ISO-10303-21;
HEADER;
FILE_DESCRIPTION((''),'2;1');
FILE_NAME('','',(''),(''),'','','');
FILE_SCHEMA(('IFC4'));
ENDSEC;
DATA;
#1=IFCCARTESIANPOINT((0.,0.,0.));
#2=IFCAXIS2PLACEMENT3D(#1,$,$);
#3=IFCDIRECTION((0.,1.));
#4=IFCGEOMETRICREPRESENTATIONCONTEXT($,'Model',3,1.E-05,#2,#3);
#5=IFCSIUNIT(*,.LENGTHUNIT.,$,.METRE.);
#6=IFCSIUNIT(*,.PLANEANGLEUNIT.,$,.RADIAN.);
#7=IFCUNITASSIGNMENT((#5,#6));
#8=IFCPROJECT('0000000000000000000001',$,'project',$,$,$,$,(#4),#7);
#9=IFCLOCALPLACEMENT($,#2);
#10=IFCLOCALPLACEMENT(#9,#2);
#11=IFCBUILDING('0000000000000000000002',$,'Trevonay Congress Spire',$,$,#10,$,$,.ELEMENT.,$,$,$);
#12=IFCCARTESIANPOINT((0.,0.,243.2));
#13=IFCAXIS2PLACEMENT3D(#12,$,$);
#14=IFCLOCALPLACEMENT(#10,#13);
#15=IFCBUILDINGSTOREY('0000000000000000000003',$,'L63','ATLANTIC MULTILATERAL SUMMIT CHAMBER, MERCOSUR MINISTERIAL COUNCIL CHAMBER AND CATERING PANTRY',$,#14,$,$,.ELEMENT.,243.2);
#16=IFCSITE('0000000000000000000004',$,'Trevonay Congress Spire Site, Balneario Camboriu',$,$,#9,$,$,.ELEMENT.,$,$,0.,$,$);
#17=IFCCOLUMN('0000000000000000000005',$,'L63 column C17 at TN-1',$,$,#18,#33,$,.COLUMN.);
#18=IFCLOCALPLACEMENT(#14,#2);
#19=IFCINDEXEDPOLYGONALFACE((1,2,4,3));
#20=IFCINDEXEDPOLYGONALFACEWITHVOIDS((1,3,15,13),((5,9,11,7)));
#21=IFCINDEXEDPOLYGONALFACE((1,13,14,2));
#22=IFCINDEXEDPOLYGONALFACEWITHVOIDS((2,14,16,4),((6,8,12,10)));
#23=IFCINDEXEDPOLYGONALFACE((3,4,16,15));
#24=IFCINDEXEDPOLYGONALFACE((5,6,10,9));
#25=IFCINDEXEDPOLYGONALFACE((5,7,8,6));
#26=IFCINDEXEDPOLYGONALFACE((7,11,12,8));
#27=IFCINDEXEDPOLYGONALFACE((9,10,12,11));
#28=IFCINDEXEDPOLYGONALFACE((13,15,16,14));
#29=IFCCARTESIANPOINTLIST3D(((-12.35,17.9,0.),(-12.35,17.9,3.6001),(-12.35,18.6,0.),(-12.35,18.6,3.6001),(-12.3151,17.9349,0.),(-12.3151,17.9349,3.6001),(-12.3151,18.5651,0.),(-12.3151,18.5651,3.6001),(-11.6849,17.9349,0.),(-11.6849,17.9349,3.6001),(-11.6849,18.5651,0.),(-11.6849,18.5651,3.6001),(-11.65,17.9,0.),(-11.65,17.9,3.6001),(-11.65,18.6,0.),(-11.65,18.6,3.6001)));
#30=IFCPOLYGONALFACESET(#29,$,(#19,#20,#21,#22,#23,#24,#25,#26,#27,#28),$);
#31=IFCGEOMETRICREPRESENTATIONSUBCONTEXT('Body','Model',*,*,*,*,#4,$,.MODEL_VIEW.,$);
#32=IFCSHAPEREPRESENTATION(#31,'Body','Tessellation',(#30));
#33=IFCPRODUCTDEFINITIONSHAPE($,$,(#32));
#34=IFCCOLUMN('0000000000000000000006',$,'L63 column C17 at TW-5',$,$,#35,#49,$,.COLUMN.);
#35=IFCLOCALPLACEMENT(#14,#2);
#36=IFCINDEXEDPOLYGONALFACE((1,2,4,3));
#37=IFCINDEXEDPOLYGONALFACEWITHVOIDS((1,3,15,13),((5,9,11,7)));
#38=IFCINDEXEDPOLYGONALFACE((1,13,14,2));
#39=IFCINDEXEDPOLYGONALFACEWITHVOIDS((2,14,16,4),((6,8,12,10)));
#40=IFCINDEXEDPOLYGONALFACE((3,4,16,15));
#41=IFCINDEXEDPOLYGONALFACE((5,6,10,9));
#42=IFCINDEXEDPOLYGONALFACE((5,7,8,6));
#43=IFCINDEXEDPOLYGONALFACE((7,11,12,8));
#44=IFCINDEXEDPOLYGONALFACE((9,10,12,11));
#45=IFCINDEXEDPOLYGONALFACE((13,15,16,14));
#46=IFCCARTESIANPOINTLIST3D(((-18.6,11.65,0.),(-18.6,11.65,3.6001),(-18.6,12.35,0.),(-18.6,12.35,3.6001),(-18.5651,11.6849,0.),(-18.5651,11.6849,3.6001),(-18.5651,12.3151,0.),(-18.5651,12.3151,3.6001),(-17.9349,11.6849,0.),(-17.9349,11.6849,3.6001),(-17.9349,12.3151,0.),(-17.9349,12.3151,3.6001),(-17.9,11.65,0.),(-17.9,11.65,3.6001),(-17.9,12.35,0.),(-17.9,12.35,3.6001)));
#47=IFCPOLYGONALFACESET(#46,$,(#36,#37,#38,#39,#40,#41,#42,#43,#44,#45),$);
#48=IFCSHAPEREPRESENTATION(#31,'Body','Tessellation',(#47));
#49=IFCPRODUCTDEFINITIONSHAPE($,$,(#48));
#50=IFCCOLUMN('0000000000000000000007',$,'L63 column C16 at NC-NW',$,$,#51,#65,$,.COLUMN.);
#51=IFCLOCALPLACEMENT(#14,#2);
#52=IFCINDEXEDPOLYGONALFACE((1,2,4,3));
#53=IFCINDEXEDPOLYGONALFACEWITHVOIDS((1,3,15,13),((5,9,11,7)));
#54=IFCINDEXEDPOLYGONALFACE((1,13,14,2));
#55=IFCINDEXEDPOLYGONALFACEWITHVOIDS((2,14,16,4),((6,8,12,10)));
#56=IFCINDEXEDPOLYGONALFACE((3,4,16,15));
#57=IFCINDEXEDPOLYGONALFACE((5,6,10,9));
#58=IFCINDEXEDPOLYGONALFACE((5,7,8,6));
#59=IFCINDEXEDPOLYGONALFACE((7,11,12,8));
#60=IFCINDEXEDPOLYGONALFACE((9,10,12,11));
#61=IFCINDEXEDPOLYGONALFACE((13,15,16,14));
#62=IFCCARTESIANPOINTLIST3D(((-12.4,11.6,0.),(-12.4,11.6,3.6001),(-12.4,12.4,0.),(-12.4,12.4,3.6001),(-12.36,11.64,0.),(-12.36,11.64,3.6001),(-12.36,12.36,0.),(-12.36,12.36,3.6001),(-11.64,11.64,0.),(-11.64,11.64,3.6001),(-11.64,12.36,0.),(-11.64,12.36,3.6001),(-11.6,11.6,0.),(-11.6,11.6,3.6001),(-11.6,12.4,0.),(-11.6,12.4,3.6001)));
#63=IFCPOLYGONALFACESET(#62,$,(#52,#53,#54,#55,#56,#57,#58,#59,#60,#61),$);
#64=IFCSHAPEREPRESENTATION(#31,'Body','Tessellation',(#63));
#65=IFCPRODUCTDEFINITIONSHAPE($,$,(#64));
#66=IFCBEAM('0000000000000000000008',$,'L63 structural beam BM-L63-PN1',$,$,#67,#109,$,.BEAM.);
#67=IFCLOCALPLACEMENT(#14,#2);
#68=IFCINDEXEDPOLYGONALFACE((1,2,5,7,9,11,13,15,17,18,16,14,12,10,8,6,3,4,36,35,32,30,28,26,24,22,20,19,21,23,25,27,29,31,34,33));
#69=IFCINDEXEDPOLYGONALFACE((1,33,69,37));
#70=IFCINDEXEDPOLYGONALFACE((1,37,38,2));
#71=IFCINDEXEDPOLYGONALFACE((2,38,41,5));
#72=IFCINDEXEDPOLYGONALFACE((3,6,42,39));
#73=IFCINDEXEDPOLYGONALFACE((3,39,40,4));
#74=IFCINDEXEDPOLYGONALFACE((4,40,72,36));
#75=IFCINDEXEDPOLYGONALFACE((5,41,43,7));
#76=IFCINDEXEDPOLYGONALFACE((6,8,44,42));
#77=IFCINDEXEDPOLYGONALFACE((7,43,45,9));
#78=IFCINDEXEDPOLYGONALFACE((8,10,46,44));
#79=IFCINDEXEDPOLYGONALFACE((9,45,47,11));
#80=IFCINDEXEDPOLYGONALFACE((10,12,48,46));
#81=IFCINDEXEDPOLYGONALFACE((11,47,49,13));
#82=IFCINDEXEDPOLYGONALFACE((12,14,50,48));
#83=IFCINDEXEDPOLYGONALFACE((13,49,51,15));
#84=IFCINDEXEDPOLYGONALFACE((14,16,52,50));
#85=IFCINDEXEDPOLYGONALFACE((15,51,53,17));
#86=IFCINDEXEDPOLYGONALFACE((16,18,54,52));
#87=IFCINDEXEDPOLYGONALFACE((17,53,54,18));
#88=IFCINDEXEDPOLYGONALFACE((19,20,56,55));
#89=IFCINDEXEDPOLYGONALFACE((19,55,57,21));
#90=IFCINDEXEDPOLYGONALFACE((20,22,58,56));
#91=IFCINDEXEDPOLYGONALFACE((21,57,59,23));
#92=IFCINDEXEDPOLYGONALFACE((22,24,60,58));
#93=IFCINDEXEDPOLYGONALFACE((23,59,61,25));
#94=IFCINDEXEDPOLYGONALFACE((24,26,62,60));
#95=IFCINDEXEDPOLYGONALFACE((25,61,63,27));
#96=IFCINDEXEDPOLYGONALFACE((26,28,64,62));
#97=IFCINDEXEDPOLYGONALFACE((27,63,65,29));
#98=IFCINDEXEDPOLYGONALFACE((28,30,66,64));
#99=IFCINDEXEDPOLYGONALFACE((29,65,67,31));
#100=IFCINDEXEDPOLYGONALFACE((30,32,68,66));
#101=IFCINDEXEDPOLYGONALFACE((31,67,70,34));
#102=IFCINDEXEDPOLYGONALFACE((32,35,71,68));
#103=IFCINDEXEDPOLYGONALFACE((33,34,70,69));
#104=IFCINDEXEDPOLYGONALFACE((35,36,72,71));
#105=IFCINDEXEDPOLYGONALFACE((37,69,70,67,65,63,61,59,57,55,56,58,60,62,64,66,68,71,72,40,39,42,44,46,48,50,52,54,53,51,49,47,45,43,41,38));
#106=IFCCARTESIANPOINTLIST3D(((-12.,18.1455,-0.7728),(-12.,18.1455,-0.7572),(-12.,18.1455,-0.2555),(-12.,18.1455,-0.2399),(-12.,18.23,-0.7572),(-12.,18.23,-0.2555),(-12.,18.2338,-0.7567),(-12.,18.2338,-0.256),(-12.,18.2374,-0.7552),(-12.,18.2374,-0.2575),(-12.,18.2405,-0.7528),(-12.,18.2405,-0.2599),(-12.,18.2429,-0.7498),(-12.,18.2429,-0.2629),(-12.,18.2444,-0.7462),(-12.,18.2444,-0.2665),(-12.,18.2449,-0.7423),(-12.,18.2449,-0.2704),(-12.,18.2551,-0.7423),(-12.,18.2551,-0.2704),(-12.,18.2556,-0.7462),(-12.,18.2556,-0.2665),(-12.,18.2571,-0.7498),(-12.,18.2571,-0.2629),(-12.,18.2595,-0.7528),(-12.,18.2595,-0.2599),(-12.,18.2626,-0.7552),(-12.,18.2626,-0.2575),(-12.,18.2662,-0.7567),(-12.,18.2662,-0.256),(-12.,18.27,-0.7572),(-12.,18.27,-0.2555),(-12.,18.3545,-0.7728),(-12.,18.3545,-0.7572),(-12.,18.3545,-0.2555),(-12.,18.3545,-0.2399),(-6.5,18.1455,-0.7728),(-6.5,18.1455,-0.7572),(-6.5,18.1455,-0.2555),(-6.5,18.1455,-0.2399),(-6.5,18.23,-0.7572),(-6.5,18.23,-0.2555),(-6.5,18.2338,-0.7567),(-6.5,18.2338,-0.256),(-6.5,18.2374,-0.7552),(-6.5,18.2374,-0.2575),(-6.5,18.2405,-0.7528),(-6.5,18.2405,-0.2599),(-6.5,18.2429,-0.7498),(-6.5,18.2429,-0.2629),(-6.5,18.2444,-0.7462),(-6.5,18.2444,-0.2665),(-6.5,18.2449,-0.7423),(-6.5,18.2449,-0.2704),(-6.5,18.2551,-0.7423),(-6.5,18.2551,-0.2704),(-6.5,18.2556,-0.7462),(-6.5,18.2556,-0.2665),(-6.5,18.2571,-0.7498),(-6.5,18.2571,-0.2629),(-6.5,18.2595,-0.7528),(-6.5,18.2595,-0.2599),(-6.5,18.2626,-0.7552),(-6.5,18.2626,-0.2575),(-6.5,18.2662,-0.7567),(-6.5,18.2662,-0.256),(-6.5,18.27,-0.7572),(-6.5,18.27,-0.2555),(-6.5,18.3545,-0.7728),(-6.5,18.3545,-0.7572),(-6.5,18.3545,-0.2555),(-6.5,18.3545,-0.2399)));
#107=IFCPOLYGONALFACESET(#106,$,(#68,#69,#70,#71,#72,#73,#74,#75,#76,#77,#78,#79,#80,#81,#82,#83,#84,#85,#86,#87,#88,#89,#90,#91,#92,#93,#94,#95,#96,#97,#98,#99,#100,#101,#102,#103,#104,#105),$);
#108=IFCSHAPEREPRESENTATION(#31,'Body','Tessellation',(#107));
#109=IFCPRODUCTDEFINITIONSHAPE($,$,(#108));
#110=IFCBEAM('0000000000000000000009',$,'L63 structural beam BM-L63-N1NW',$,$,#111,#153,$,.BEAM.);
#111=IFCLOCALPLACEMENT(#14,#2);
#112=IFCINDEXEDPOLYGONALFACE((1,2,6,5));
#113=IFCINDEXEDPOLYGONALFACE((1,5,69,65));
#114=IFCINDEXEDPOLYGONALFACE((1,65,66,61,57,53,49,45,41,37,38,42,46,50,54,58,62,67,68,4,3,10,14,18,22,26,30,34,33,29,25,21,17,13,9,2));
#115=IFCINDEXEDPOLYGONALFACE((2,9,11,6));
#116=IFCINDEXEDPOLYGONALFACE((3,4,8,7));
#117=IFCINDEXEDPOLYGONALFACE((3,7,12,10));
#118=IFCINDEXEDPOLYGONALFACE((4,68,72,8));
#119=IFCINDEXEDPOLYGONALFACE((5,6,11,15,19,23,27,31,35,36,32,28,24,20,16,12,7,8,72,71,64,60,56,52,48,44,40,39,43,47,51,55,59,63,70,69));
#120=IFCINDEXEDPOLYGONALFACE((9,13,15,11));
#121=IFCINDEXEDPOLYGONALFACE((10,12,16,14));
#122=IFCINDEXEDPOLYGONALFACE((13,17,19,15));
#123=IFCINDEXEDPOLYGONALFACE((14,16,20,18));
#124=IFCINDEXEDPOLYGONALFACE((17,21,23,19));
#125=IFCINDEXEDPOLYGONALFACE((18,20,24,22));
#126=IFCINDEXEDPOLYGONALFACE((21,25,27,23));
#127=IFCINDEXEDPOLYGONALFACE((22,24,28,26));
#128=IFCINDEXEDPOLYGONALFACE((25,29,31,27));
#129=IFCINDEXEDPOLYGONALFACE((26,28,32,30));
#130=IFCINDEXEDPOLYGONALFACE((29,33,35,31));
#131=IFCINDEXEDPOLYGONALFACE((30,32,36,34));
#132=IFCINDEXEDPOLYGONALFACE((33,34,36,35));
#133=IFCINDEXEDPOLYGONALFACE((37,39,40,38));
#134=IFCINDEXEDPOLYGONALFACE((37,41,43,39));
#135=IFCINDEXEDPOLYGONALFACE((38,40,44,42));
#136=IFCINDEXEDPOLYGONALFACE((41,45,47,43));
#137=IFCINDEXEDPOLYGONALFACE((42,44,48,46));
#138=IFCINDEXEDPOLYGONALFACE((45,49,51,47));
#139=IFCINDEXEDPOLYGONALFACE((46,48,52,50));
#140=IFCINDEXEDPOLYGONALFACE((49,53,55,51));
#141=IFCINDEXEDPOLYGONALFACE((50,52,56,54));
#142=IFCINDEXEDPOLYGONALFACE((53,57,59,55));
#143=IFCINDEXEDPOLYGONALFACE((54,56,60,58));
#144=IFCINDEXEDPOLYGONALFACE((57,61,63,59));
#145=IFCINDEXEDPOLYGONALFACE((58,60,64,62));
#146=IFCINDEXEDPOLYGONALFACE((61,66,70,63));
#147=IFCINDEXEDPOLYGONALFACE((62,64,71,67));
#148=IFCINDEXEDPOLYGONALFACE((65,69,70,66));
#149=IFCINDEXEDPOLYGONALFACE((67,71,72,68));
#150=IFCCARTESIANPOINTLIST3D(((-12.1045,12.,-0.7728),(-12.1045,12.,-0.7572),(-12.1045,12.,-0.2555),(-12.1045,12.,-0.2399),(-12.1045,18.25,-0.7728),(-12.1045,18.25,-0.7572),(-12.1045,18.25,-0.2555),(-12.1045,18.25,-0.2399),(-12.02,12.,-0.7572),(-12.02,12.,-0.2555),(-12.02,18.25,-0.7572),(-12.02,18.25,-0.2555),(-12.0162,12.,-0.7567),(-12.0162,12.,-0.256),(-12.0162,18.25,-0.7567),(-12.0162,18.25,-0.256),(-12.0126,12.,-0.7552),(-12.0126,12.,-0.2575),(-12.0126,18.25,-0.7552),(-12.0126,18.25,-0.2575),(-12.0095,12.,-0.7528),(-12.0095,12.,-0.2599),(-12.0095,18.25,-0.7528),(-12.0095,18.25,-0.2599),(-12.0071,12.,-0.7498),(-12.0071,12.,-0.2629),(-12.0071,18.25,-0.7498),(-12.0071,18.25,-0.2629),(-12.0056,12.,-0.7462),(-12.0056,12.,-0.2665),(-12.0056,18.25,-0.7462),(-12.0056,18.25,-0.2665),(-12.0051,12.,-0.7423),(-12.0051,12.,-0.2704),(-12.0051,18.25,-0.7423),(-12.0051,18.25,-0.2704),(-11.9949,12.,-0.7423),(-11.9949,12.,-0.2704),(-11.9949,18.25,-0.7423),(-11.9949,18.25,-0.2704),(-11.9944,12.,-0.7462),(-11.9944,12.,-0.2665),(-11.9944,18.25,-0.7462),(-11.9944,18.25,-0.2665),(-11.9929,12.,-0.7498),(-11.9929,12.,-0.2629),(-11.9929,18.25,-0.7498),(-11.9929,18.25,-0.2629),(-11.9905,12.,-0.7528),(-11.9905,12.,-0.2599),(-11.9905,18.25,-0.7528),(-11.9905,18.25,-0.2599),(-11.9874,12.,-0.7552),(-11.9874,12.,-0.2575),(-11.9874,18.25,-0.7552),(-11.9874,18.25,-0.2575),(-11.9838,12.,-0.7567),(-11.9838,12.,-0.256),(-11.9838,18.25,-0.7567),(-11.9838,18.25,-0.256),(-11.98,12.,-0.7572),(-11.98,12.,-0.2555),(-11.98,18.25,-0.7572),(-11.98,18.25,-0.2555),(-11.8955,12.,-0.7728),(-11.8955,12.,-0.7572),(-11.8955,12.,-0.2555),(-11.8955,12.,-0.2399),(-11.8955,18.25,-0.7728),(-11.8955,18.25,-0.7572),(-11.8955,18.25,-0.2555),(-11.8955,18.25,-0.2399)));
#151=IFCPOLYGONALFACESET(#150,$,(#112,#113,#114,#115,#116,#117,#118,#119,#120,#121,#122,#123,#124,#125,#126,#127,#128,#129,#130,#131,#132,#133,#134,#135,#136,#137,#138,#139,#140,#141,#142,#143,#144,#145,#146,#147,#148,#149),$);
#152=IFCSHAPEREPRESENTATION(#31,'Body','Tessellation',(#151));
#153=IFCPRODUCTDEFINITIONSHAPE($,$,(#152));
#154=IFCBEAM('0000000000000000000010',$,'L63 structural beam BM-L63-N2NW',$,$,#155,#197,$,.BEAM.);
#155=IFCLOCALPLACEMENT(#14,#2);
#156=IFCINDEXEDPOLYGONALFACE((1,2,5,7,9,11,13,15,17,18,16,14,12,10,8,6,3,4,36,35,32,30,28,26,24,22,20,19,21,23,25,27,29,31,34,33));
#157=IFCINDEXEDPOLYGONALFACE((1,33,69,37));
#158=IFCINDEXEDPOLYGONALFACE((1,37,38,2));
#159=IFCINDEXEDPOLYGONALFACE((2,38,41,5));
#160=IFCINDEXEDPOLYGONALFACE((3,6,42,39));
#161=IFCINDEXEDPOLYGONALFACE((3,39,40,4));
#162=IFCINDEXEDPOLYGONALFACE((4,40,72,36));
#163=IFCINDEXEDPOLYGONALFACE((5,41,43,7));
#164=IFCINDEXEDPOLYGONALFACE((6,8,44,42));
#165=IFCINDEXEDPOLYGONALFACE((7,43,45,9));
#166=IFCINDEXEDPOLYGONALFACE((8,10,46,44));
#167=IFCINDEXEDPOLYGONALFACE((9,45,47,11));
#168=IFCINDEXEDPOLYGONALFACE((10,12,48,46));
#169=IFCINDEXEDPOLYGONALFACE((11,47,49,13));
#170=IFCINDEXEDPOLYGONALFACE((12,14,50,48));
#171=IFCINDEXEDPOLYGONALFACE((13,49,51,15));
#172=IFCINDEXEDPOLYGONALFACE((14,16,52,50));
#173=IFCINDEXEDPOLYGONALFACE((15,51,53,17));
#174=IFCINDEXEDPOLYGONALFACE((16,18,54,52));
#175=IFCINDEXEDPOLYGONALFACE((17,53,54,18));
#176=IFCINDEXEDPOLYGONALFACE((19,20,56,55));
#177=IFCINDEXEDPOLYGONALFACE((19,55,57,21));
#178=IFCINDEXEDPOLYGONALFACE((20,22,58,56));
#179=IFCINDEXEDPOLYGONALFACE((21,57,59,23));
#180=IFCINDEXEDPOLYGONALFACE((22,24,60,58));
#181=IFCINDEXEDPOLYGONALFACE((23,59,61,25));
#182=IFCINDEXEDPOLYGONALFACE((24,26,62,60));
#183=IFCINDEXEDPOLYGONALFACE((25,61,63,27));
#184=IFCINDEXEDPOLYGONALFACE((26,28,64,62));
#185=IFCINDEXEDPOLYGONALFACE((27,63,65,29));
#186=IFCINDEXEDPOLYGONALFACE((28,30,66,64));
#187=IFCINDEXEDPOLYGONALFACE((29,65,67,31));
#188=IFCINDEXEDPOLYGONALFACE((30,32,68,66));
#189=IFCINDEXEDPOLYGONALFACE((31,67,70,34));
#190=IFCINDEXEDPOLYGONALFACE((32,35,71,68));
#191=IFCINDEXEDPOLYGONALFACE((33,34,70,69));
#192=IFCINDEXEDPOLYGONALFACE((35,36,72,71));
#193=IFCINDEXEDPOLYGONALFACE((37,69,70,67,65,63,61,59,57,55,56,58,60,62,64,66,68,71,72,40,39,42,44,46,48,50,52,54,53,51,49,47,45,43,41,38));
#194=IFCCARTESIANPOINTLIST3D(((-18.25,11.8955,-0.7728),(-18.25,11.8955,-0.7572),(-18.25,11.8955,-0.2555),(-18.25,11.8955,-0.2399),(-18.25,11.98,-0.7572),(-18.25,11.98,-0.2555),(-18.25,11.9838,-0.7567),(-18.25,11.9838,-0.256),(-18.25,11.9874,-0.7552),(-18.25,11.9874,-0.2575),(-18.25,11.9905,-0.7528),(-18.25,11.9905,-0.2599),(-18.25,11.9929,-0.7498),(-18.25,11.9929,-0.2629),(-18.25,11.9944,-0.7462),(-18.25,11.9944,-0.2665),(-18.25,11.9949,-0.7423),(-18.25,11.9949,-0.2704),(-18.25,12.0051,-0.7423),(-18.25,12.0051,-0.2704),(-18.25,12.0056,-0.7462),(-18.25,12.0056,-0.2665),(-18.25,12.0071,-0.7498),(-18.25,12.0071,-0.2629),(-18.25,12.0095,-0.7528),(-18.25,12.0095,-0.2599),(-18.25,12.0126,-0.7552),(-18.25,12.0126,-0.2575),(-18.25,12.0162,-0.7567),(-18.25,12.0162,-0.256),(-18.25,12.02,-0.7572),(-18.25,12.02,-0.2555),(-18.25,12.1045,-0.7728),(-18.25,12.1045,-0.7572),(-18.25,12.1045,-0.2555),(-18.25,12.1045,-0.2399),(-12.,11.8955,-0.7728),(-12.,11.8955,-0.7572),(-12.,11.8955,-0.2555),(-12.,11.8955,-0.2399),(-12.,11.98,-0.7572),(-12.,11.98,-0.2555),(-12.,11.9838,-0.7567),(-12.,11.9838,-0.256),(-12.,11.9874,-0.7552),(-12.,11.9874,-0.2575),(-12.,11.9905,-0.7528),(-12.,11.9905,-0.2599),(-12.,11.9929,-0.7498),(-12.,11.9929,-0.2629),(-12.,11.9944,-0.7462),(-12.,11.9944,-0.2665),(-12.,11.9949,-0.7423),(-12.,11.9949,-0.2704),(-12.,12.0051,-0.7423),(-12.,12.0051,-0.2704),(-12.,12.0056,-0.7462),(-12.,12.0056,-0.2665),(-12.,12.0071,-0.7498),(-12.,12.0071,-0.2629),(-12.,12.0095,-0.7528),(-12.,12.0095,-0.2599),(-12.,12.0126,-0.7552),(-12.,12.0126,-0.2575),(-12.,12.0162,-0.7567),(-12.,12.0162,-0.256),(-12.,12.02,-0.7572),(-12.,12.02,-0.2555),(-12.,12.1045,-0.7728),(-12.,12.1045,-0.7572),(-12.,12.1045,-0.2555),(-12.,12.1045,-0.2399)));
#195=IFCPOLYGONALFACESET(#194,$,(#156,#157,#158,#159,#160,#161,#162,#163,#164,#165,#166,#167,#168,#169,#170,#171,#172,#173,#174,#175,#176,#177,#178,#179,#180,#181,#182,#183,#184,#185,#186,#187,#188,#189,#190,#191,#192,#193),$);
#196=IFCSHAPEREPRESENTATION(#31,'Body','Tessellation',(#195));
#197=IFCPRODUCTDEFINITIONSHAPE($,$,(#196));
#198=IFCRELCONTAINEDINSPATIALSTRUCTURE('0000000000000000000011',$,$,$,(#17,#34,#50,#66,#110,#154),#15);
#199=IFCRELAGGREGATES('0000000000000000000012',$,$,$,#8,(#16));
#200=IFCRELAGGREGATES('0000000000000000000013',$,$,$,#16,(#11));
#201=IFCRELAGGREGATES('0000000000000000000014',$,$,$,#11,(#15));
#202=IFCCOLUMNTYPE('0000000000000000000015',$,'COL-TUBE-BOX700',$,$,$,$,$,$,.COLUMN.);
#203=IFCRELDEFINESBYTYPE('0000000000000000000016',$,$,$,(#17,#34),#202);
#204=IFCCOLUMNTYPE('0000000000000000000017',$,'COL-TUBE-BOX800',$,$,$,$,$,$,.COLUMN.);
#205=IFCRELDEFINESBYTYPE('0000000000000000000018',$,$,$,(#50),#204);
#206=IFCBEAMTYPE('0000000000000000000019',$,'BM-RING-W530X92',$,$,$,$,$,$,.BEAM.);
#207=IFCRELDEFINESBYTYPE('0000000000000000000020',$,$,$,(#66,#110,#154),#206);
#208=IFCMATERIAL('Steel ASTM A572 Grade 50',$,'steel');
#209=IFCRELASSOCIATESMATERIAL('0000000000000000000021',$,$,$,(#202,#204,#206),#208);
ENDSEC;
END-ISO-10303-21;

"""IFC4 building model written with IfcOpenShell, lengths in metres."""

from ifc_helpers import new_model, si_unit, direction, frame, origin, origin_2d, place, context, subcontext, project, spatial, hollow_rectangle, i_section, extrude, material, material_profile, profile_set, type_object, element, save


model = new_model("IFC4")

# Units and contexts
model_context = context("Model", 3, precision=1e-05, world=origin(), true_north=direction((0.0, 1.0)))
body_context = subcontext(model_context, "Body", "Model", "MODEL_VIEW")
ifc_project = project(units=[si_unit("LENGTHUNIT", "METRE"), si_unit("PLANEANGLEUNIT", "RADIAN")], contexts=[model_context])

# Site, building, storey
site_placement = place(None, origin())
site = spatial("IfcSite", under=ifc_project, at=site_placement, Name="Trevonay Congress Spire Site, Balneario Camboriu", CompositionType="ELEMENT", RefElevation=0.0)
building_placement = place(site_placement, origin())
building = spatial("IfcBuilding", under=site, at=building_placement, Name="Trevonay Congress Spire", CompositionType="ELEMENT")
storey_placement = place(building_placement, frame((0.0, 0.0, 243.2)))
storey = spatial("IfcBuildingStorey", under=building, at=storey_placement, Name="L63", Description="ATLANTIC MULTILATERAL SUMMIT CHAMBER, MERCOSUR MINISTERIAL COUNCIL CHAMBER AND CATERING PANTRY", CompositionType="ELEMENT", Elevation=243.2)

# Columns
ifc_material_1 = material(Name="Steel ASTM A572 Grade 50", Category="steel")
ifc_material_profile_1 = material_profile(ifc_material_1, hollow_rectangle(XDim=0.7, YDim=0.7, WallThickness=0.0349, at=origin_2d()), Name="BOX 700x700x35")
ifc_profile_set_1 = profile_set([ifc_material_profile_1], Name="Steel ASTM A572 Grade 50")
column_type_1 = type_object("IfcColumnType", Name="COL-TUBE-BOX700", PredefinedType="COLUMN", material=ifc_profile_set_1)
for number, where, z_axis, x_axis, name in (
    (1, (-12.0, 18.25, 0.0), (0.0, 0.0, 1.0), (1.0, 0.0, 0.0), "L63 column C17 at TN-1"),
    (2, (-18.25, 12.0, 0.0), (0.0, 0.0, 1.0), (1.0, 0.0, 0.0), "L63 column C17 at TW-5"),
):
    element("IfcColumn", number, at=place(storey_placement, frame(where, z_axis=z_axis, x_axis=x_axis)), inside=storey, type_object=column_type_1, Name=name, PredefinedType="COLUMN", context=body_context, shape_type="SweptSolid", body=[
        extrude(hollow_rectangle(XDim=0.7, YDim=0.7, WallThickness=0.0349, at=origin_2d()), origin(), (0.0, 0.0, 1.0), 3.6001),
    ])
ifc_material_profile_2 = material_profile(ifc_material_1, hollow_rectangle(XDim=0.8, YDim=0.8, WallThickness=0.04, at=origin_2d()), Name="BOX 800x800x40")
ifc_profile_set_2 = profile_set([ifc_material_profile_2], Name="Steel ASTM A572 Grade 50")
column_type_2 = type_object("IfcColumnType", Name="COL-TUBE-BOX800", PredefinedType="COLUMN", material=ifc_profile_set_2)
column_placement = place(storey_placement, frame((-12.0, 12.0, 0.0), z_axis=(0.0, 0.0, 1.0), x_axis=(1.0, 0.0, 0.0)))
element("IfcColumn", 3, at=column_placement, inside=storey, type_object=column_type_2, Name="L63 column C16 at NC-NW", PredefinedType="COLUMN", context=body_context, shape_type="SweptSolid", body=[
    extrude(hollow_rectangle(XDim=0.8, YDim=0.8, WallThickness=0.04, at=origin_2d()), origin(), (0.0, 0.0, 1.0), 3.6001),
])

# Beams
ifc_material_profile_3 = material_profile(ifc_material_1, i_section(OverallWidth=0.209, OverallDepth=0.533, WebThickness=0.0103, FlangeThickness=0.0156, FilletRadius=0.0149, at=origin_2d()), Name="W530x92")
ifc_profile_set_3 = profile_set([ifc_material_profile_3], Name="Steel ASTM A572 Grade 50")
beam_type_1 = type_object("IfcBeamType", Name="BM-RING-W530X92", PredefinedType="BEAM", material=ifc_profile_set_3)
beam_1_placement = place(storey_placement, frame((-12.0, 18.25, -0.5063), z_axis=(1.0, 0.0, 0.0), x_axis=(0.0, 1.0, 0.0)))
element("IfcBeam", 4, at=beam_1_placement, inside=storey, type_object=beam_type_1, Name="L63 structural beam BM-L63-PN1", PredefinedType="BEAM", context=body_context, shape_type="SweptSolid", body=[
    extrude(i_section(OverallWidth=0.209, OverallDepth=0.533, WebThickness=0.0103, FlangeThickness=0.0156, FilletRadius=0.0149, at=origin_2d()), origin(), (0.0, 0.0, 1.0), 5.5),
])
for number, where, z_axis, x_axis, name in (
    (5, (-12.0, 18.25, -0.5063), (0.0, -1.0, 0.0), (1.0, 0.0, 0.0), "L63 structural beam BM-L63-N1NW"),
    (6, (-18.25, 12.0, -0.5063), (1.0, 0.0, 0.0), (0.0, 1.0, 0.0), "L63 structural beam BM-L63-N2NW"),
):
    element("IfcBeam", number, at=place(storey_placement, frame(where, z_axis=z_axis, x_axis=x_axis)), inside=storey, type_object=beam_type_1, Name=name, PredefinedType="BEAM", context=body_context, shape_type="SweptSolid", body=[
        extrude(i_section(OverallWidth=0.209, OverallDepth=0.533, WebThickness=0.0103, FlangeThickness=0.0156, FilletRadius=0.0149, at=origin_2d()), origin(), (0.0, 0.0, 1.0), 6.25),
    ])

save(model, "model.ifc")
